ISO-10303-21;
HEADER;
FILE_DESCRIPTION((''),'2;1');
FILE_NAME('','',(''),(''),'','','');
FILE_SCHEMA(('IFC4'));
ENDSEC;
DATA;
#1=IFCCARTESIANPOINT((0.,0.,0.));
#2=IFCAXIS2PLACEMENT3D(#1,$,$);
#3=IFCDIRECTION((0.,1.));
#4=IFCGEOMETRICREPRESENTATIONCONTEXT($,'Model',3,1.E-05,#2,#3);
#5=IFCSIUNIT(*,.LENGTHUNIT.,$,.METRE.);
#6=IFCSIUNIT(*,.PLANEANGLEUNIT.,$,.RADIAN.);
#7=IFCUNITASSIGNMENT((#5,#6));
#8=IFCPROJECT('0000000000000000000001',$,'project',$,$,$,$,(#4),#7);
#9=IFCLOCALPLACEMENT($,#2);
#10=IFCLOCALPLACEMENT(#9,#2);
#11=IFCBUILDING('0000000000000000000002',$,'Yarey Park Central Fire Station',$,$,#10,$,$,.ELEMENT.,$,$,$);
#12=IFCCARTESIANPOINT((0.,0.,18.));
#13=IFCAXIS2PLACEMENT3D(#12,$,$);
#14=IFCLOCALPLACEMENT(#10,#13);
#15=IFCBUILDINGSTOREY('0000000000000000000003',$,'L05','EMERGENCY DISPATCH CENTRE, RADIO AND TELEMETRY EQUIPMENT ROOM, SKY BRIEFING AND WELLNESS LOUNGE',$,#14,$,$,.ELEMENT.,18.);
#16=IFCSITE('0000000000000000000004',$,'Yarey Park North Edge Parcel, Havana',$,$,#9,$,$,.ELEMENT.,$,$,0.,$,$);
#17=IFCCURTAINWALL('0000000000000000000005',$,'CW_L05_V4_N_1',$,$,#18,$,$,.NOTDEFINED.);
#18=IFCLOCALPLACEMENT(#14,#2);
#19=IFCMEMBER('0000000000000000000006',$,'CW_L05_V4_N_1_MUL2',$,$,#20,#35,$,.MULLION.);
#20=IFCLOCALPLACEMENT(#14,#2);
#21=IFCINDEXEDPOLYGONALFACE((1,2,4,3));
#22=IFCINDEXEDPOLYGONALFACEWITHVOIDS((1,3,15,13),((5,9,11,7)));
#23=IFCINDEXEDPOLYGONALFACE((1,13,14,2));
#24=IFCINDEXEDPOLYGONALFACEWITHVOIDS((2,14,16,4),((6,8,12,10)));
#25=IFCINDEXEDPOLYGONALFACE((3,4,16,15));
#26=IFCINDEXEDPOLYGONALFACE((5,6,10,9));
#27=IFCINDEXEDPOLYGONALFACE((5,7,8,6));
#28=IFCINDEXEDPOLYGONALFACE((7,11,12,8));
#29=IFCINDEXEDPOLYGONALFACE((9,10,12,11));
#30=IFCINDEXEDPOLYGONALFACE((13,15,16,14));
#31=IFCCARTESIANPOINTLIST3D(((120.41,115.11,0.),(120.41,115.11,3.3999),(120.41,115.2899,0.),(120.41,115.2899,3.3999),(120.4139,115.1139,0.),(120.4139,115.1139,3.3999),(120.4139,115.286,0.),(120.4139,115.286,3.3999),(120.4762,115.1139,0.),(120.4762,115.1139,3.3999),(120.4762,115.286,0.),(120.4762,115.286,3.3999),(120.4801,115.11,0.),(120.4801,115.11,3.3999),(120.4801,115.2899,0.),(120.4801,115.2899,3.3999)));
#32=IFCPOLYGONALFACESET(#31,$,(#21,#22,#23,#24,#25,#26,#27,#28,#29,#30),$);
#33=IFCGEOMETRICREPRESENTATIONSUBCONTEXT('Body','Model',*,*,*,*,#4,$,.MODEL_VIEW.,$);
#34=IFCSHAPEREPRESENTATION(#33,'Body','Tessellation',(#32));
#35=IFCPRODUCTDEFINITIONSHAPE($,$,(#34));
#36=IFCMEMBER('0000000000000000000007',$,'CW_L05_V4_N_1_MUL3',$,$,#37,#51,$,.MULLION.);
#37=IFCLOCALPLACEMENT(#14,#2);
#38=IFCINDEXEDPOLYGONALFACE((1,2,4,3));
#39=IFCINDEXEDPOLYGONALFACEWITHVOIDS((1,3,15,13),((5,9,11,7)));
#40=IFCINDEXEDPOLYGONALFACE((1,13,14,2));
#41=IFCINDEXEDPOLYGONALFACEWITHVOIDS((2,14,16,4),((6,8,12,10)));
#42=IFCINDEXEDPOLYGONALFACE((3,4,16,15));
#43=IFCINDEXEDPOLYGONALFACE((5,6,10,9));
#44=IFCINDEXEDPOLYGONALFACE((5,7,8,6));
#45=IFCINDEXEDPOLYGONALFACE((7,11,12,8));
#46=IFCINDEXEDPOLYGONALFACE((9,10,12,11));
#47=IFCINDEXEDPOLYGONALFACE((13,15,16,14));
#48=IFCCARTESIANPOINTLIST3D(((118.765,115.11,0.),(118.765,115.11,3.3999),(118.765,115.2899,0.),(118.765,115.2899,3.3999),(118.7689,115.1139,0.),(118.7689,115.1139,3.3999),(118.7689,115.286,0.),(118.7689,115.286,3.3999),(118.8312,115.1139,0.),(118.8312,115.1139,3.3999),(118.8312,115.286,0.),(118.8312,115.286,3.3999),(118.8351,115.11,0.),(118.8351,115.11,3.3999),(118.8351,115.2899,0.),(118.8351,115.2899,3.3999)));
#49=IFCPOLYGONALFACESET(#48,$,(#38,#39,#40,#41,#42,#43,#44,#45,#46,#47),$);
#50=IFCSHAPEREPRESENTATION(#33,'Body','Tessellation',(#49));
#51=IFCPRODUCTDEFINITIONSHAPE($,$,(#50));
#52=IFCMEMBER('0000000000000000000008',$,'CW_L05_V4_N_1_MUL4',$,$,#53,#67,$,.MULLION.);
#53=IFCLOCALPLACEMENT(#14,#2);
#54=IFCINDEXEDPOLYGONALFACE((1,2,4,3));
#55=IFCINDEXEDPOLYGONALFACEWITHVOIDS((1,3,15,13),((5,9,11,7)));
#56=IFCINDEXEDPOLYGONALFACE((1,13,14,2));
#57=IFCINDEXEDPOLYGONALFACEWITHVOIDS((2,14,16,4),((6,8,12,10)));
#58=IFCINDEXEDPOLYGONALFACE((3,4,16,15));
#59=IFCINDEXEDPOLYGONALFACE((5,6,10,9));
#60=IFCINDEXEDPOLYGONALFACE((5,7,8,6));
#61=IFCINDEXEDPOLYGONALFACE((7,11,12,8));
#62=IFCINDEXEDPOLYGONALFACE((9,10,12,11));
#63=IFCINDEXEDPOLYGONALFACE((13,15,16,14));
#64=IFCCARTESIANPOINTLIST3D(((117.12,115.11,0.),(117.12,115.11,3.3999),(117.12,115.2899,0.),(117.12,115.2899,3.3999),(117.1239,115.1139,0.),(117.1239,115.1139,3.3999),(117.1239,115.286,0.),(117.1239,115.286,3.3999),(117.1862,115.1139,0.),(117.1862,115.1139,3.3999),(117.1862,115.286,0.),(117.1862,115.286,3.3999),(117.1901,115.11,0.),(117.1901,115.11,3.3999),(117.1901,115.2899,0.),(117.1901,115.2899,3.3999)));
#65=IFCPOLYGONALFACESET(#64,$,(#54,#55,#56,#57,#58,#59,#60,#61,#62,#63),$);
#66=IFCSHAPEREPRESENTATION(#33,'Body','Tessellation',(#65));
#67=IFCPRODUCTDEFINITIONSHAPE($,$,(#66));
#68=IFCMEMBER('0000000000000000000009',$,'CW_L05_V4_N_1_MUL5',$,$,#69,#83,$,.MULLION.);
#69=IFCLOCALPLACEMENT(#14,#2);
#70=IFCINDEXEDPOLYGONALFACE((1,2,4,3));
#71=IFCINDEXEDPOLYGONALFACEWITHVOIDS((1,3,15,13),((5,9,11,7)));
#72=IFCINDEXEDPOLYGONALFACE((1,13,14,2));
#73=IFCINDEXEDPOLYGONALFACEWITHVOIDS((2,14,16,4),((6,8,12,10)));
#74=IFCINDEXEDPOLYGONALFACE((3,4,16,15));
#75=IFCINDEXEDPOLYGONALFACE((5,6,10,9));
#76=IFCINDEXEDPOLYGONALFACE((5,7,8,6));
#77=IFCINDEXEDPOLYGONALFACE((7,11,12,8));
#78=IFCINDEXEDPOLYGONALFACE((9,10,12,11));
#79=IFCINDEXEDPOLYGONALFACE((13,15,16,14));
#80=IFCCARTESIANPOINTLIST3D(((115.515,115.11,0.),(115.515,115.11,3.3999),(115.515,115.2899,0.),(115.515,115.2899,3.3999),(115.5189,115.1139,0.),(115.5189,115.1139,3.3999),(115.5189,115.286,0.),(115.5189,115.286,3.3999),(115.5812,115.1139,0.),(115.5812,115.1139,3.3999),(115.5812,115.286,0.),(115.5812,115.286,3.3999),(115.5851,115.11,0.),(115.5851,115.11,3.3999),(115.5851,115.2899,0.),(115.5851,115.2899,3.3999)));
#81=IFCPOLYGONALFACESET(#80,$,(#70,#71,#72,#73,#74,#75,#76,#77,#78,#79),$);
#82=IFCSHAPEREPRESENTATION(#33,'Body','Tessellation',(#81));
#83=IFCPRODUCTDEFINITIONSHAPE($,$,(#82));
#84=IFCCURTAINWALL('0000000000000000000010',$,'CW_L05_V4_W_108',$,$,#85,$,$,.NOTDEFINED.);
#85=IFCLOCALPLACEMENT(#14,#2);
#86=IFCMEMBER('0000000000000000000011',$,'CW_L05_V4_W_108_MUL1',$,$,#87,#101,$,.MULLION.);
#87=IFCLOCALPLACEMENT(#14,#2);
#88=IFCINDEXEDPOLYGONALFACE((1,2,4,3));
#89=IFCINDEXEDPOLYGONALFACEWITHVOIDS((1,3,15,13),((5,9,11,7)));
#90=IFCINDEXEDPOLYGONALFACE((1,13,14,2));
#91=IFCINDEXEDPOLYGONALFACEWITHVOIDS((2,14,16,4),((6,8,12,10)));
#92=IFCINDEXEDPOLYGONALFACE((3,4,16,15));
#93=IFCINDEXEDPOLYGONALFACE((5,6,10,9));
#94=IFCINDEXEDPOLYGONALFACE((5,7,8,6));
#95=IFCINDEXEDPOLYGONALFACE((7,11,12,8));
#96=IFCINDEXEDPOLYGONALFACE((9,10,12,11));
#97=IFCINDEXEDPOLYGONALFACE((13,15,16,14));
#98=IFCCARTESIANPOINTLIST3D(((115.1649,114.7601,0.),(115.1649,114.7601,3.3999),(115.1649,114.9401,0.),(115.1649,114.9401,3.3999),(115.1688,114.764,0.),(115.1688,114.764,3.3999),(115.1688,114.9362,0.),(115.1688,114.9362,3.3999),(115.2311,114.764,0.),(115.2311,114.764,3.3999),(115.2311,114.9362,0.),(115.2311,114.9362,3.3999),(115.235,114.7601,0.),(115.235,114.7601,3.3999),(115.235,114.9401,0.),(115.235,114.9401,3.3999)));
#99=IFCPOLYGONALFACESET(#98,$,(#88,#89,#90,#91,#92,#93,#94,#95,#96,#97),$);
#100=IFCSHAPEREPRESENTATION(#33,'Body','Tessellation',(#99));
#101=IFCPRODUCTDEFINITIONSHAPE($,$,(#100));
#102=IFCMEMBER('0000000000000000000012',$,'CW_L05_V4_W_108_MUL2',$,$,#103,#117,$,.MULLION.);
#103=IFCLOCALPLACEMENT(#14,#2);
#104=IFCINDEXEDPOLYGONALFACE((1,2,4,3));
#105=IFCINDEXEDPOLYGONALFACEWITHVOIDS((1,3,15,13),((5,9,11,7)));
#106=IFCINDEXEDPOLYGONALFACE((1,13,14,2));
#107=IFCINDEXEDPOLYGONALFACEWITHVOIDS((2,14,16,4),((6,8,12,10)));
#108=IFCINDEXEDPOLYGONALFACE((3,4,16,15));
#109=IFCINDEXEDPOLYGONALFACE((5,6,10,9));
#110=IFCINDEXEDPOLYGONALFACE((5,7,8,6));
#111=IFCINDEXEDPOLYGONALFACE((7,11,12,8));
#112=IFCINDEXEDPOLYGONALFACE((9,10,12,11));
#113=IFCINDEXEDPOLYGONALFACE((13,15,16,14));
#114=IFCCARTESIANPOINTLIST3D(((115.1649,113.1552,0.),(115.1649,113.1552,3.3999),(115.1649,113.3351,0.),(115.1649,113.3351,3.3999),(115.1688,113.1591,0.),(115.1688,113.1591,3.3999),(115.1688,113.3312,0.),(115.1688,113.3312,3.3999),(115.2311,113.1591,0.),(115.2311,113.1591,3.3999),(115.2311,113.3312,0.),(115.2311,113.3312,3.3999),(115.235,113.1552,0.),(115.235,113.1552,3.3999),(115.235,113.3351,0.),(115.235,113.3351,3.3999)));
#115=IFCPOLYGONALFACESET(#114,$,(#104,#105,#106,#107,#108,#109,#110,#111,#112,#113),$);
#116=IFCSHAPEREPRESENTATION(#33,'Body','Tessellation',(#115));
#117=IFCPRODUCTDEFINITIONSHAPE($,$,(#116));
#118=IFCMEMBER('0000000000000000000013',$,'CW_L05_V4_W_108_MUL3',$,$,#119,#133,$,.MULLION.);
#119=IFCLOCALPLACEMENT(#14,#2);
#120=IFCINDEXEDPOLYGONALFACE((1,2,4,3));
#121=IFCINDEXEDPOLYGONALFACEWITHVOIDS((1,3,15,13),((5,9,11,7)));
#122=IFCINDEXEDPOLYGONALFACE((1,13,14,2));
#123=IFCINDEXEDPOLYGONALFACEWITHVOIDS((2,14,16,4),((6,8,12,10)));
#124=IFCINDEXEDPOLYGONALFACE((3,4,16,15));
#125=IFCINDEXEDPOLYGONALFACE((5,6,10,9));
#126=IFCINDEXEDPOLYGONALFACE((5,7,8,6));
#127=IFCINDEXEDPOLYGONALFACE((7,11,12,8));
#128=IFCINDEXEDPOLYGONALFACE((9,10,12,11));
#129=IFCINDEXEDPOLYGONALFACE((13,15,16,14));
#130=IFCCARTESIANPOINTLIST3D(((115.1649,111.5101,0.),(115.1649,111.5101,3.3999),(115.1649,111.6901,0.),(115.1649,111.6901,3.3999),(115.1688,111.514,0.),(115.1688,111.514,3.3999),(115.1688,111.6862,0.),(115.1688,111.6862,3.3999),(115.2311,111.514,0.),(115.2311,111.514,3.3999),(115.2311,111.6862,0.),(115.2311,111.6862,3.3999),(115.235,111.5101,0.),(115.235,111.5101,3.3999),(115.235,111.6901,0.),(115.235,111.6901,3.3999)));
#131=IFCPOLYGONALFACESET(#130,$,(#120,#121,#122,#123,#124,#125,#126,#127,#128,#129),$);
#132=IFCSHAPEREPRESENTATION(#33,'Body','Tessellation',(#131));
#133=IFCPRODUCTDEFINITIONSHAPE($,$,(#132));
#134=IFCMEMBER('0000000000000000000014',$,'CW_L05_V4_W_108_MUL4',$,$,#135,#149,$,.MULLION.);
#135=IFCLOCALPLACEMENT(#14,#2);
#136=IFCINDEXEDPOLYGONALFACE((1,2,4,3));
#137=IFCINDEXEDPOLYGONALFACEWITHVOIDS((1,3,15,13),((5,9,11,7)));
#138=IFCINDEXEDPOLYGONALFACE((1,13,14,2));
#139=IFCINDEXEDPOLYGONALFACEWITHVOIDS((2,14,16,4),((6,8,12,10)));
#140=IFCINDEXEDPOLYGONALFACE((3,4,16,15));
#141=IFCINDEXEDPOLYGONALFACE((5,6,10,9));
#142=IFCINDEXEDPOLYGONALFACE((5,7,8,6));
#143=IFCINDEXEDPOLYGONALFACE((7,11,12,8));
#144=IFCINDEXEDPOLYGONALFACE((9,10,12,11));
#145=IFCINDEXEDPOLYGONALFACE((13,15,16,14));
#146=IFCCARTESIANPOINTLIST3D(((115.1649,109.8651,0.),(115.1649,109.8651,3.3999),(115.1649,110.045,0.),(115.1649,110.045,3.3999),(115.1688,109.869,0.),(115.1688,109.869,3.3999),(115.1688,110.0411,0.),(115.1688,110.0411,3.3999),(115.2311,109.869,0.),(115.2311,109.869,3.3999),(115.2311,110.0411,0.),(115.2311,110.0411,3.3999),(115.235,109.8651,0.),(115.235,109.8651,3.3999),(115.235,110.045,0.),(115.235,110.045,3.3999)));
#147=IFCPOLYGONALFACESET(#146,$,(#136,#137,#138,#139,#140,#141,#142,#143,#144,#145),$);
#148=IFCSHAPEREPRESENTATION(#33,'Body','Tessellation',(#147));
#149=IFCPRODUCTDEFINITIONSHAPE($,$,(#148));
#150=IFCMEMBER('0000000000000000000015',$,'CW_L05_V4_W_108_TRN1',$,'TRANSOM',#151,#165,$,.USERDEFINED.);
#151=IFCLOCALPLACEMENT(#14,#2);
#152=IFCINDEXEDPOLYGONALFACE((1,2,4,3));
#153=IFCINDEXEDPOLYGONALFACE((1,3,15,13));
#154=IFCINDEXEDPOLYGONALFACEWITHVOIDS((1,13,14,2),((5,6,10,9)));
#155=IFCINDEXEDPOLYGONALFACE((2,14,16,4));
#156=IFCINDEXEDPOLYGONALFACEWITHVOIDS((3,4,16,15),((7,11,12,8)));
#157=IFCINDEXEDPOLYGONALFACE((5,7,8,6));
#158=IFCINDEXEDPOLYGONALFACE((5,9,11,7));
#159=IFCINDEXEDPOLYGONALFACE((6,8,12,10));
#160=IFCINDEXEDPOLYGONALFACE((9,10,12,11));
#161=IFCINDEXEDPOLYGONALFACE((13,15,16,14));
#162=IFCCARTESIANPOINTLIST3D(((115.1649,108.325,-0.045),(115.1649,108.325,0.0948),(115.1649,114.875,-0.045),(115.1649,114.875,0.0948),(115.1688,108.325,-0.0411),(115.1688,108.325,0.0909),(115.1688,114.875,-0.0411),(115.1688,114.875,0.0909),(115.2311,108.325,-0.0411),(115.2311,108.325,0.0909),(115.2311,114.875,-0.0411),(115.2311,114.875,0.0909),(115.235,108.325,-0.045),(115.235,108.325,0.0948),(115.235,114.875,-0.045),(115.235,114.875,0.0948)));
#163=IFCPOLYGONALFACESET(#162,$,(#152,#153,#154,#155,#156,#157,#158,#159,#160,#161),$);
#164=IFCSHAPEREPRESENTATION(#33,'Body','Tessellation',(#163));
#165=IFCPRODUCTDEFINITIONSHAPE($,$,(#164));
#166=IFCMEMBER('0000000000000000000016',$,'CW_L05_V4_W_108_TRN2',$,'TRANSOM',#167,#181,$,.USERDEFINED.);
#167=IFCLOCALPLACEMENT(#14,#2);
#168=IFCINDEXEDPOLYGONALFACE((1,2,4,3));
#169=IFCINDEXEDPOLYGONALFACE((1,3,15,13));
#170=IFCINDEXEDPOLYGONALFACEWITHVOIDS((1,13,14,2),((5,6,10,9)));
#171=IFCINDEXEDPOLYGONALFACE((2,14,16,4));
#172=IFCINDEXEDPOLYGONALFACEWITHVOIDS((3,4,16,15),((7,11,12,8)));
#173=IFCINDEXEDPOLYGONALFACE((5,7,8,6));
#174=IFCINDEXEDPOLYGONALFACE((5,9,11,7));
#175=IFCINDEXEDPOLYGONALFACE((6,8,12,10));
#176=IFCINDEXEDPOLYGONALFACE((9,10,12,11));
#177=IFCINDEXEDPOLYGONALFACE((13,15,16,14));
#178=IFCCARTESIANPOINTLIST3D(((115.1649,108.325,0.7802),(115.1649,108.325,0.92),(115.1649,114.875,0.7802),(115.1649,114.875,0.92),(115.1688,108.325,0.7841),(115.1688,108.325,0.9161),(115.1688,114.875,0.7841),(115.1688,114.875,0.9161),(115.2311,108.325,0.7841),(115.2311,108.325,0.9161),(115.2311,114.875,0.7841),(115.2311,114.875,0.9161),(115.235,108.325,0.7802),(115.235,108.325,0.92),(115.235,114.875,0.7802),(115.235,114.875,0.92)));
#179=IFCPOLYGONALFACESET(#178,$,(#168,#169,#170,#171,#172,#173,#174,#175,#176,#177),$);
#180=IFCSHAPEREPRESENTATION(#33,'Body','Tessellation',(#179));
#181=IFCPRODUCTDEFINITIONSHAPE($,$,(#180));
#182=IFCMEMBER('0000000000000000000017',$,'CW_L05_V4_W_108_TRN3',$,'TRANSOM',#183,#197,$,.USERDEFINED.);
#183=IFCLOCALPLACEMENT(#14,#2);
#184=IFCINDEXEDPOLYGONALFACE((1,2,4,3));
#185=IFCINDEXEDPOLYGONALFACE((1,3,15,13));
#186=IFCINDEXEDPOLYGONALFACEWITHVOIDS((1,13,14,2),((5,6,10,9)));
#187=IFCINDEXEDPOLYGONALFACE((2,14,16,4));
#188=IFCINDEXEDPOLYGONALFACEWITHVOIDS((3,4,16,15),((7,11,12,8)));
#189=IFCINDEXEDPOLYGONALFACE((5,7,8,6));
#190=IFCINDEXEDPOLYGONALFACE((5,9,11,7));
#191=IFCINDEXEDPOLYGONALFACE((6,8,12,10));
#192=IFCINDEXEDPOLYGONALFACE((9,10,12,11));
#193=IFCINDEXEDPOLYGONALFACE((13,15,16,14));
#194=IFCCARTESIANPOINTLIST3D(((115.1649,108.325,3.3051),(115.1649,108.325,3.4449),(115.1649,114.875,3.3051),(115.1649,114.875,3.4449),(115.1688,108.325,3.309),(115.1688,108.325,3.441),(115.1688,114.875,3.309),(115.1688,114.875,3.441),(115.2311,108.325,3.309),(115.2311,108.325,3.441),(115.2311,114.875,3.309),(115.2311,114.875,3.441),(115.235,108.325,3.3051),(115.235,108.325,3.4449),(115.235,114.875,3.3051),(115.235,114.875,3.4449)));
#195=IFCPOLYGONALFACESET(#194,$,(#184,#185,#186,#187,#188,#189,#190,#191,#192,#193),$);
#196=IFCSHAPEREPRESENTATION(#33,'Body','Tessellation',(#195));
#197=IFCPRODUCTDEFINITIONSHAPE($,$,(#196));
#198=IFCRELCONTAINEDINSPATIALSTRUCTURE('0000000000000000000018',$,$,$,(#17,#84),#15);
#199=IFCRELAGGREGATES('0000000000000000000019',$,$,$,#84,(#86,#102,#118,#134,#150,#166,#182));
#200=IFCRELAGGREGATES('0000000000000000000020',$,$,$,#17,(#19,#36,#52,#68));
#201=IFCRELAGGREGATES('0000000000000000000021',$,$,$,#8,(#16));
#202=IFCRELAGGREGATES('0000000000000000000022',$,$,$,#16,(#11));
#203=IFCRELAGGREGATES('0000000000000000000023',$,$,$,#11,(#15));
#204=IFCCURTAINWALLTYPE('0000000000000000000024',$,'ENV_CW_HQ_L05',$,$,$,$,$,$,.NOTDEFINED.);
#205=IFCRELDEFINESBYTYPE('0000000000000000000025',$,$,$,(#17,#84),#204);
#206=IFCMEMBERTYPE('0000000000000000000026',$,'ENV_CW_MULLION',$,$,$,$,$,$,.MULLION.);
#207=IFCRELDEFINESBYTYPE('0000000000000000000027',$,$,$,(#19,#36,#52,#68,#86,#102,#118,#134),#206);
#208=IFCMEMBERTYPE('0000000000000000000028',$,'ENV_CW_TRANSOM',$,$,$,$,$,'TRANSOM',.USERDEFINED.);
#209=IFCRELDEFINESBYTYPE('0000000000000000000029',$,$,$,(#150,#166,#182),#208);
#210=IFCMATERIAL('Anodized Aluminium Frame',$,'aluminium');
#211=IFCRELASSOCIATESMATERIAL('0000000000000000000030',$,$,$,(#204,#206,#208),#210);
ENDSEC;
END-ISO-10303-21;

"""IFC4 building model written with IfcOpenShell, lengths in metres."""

from ifc_helpers import new_model, si_unit, direction, frame, origin, origin_2d, place, context, subcontext, project, spatial, hollow_rectangle, extrude, material, material_profile, profile_set, type_object, element, aggregate, save


model = new_model("IFC4")

# Units and contexts
model_context = context("Model", 3, precision=1e-05, world=origin(), true_north=direction((0.0, 1.0)))
body_context = subcontext(model_context, "Body", "Model", "MODEL_VIEW")
ifc_project = project(units=[si_unit("LENGTHUNIT", "METRE"), si_unit("PLANEANGLEUNIT", "RADIAN")], contexts=[model_context])

# Site, building, storey
site_placement = place(None, origin())
site = spatial("IfcSite", under=ifc_project, at=site_placement, Name="Yarey Park North Edge Parcel, Havana", CompositionType="ELEMENT", RefElevation=0.0)
building_placement = place(site_placement, origin())
building = spatial("IfcBuilding", under=site, at=building_placement, Name="Yarey Park Central Fire Station", CompositionType="ELEMENT")
storey_placement = place(building_placement, frame((0.0, 0.0, 18.0)))
storey = spatial("IfcBuildingStorey", under=building, at=storey_placement, Name="L05", Description="EMERGENCY DISPATCH CENTRE, RADIO AND TELEMETRY EQUIPMENT ROOM, SKY BRIEFING AND WELLNESS LOUNGE", CompositionType="ELEMENT", Elevation=18.0)

# Curtain walls, members
ifc_material_1 = material(Name="Anodized Aluminium Frame", Category="aluminium")
curtain_wall_type = type_object("IfcCurtainWallType", Name="ENV_CW_HQ_L05", PredefinedType="NOTDEFINED", material=ifc_material_1)
curtain_wall_1_placement = place(storey_placement, origin())
curtain_wall_1 = element("IfcCurtainWall", 1, at=curtain_wall_1_placement, inside=storey, type_object=curtain_wall_type, Name="CW_L05_V4_N_1", PredefinedType="NOTDEFINED")
ifc_material_profile_1 = material_profile(ifc_material_1, hollow_rectangle(XDim=0.0701, YDim=0.1799, WallThickness=0.0039, at=origin_2d()), Name="ALU 180x70x4")
ifc_profile_set_1 = profile_set([ifc_material_profile_1], Name="Anodized Aluminium Frame")
member_type_1 = type_object("IfcMemberType", Name="ENV_CW_MULLION", PredefinedType="MULLION", material=ifc_profile_set_1)
member_1_placement = place(storey_placement, frame((120.4451, 115.2, 0.0), z_axis=(0.0, 0.0, 1.0), x_axis=(1.0, 0.0, 0.0)))
member_1 = element("IfcMember", 2, at=member_1_placement, type_object=member_type_1, Name="CW_L05_V4_N_1_MUL2", PredefinedType="MULLION", context=body_context, shape_type="SweptSolid", body=[
    extrude(hollow_rectangle(XDim=0.0701, YDim=0.1799, WallThickness=0.0039, at=origin_2d()), origin(), (0.0, 0.0, 1.0), 3.3999),
])
member_2_placement = place(storey_placement, frame((118.8, 115.2, 0.0), z_axis=(0.0, 0.0, 1.0), x_axis=(1.0, 0.0, 0.0)))
member_2 = element("IfcMember", 3, at=member_2_placement, type_object=member_type_1, Name="CW_L05_V4_N_1_MUL3", PredefinedType="MULLION", context=body_context, shape_type="SweptSolid", body=[
    extrude(hollow_rectangle(XDim=0.0701, YDim=0.1799, WallThickness=0.0039, at=origin_2d()), origin(), (0.0, 0.0, 1.0), 3.3999),
])
member_3_placement = place(storey_placement, frame((117.155, 115.2, 0.0), z_axis=(0.0, 0.0, 1.0), x_axis=(1.0, 0.0, 0.0)))
member_3 = element("IfcMember", 4, at=member_3_placement, type_object=member_type_1, Name="CW_L05_V4_N_1_MUL4", PredefinedType="MULLION", context=body_context, shape_type="SweptSolid", body=[
    extrude(hollow_rectangle(XDim=0.0701, YDim=0.1799, WallThickness=0.0039, at=origin_2d()), origin(), (0.0, 0.0, 1.0), 3.3999),
])
member_4_placement = place(storey_placement, frame((115.55, 115.2, 0.0), z_axis=(0.0, 0.0, 1.0), x_axis=(1.0, 0.0, 0.0)))
member_4 = element("IfcMember", 5, at=member_4_placement, type_object=member_type_1, Name="CW_L05_V4_N_1_MUL5", PredefinedType="MULLION", context=body_context, shape_type="SweptSolid", body=[
    extrude(hollow_rectangle(XDim=0.0701, YDim=0.1799, WallThickness=0.0039, at=origin_2d()), origin(), (0.0, 0.0, 1.0), 3.3999),
])
curtain_wall_2_placement = place(storey_placement, origin())
curtain_wall_2 = element("IfcCurtainWall", 6, at=curtain_wall_2_placement, inside=storey, type_object=curtain_wall_type, Name="CW_L05_V4_W_108", PredefinedType="NOTDEFINED")
member_5_placement = place(storey_placement, frame((115.2, 114.8501, 0.0), z_axis=(0.0, 0.0, 1.0), x_axis=(1.0, 0.0, 0.0)))
member_5 = element("IfcMember", 7, at=member_5_placement, type_object=member_type_1, Name="CW_L05_V4_W_108_MUL1", PredefinedType="MULLION", context=body_context, shape_type="SweptSolid", body=[
    extrude(hollow_rectangle(XDim=0.0701, YDim=0.1799, WallThickness=0.0039, at=origin_2d()), origin(), (0.0, 0.0, 1.0), 3.3999),
])
member_6_placement = place(storey_placement, frame((115.2, 113.2451, 0.0), z_axis=(0.0, 0.0, 1.0), x_axis=(1.0, 0.0, 0.0)))
member_6 = element("IfcMember", 8, at=member_6_placement, type_object=member_type_1, Name="CW_L05_V4_W_108_MUL2", PredefinedType="MULLION", context=body_context, shape_type="SweptSolid", body=[
    extrude(hollow_rectangle(XDim=0.0701, YDim=0.1799, WallThickness=0.0039, at=origin_2d()), origin(), (0.0, 0.0, 1.0), 3.3999),
])
member_7_placement = place(storey_placement, frame((115.2, 111.6001, 0.0), z_axis=(0.0, 0.0, 1.0), x_axis=(1.0, 0.0, 0.0)))
member_7 = element("IfcMember", 9, at=member_7_placement, type_object=member_type_1, Name="CW_L05_V4_W_108_MUL3", PredefinedType="MULLION", context=body_context, shape_type="SweptSolid", body=[
    extrude(hollow_rectangle(XDim=0.0701, YDim=0.1799, WallThickness=0.0039, at=origin_2d()), origin(), (0.0, 0.0, 1.0), 3.3999),
])
member_8_placement = place(storey_placement, frame((115.2, 109.9551, 0.0), z_axis=(0.0, 0.0, 1.0), x_axis=(1.0, 0.0, 0.0)))
member_8 = element("IfcMember", 10, at=member_8_placement, type_object=member_type_1, Name="CW_L05_V4_W_108_MUL4", PredefinedType="MULLION", context=body_context, shape_type="SweptSolid", body=[
    extrude(hollow_rectangle(XDim=0.0701, YDim=0.1799, WallThickness=0.0039, at=origin_2d()), origin(), (0.0, 0.0, 1.0), 3.3999),
])
ifc_material_profile_2 = material_profile(ifc_material_1, hollow_rectangle(XDim=0.0701, YDim=0.1399, WallThickness=0.0039, at=origin_2d()), Name="ALU 140x70x4")
ifc_profile_set_2 = profile_set([ifc_material_profile_2], Name="Anodized Aluminium Frame")
member_type_2 = type_object("IfcMemberType", Name="ENV_CW_TRANSOM", ElementType="TRANSOM", PredefinedType="USERDEFINED", material=ifc_profile_set_2)
member_9_placement = place(storey_placement, frame((115.2, 114.875, 0.0249), z_axis=(0.0, -1.0, 0.0), x_axis=(1.0, 0.0, 0.0)))
member_9 = element("IfcMember", 11, at=member_9_placement, type_object=member_type_2, Name="CW_L05_V4_W_108_TRN1", ObjectType="TRANSOM", PredefinedType="USERDEFINED", context=body_context, shape_type="SweptSolid", body=[
    extrude(hollow_rectangle(XDim=0.0701, YDim=0.1399, WallThickness=0.0039, at=origin_2d()), origin(), (0.0, 0.0, 1.0), 6.55),
])
member_10_placement = place(storey_placement, frame((115.2, 114.875, 0.8501), z_axis=(0.0, -1.0, 0.0), x_axis=(1.0, 0.0, 0.0)))
member_10 = element("IfcMember", 12, at=member_10_placement, type_object=member_type_2, Name="CW_L05_V4_W_108_TRN2", ObjectType="TRANSOM", PredefinedType="USERDEFINED", context=body_context, shape_type="SweptSolid", body=[
    extrude(hollow_rectangle(XDim=0.0701, YDim=0.1399, WallThickness=0.0039, at=origin_2d()), origin(), (0.0, 0.0, 1.0), 6.55),
])
member_11_placement = place(storey_placement, frame((115.2, 114.875, 3.375), z_axis=(0.0, -1.0, 0.0), x_axis=(1.0, 0.0, 0.0)))
member_11 = element("IfcMember", 13, at=member_11_placement, type_object=member_type_2, Name="CW_L05_V4_W_108_TRN3", ObjectType="TRANSOM", PredefinedType="USERDEFINED", context=body_context, shape_type="SweptSolid", body=[
    extrude(hollow_rectangle(XDim=0.0701, YDim=0.1399, WallThickness=0.0039, at=origin_2d()), origin(), (0.0, 0.0, 1.0), 6.55),
])

aggregate(curtain_wall_2, [member_5, member_6, member_7, member_8, member_9, member_10, member_11])
aggregate(curtain_wall_1, [member_1, member_2, member_3, member_4])

save(model, "model.ifc")
